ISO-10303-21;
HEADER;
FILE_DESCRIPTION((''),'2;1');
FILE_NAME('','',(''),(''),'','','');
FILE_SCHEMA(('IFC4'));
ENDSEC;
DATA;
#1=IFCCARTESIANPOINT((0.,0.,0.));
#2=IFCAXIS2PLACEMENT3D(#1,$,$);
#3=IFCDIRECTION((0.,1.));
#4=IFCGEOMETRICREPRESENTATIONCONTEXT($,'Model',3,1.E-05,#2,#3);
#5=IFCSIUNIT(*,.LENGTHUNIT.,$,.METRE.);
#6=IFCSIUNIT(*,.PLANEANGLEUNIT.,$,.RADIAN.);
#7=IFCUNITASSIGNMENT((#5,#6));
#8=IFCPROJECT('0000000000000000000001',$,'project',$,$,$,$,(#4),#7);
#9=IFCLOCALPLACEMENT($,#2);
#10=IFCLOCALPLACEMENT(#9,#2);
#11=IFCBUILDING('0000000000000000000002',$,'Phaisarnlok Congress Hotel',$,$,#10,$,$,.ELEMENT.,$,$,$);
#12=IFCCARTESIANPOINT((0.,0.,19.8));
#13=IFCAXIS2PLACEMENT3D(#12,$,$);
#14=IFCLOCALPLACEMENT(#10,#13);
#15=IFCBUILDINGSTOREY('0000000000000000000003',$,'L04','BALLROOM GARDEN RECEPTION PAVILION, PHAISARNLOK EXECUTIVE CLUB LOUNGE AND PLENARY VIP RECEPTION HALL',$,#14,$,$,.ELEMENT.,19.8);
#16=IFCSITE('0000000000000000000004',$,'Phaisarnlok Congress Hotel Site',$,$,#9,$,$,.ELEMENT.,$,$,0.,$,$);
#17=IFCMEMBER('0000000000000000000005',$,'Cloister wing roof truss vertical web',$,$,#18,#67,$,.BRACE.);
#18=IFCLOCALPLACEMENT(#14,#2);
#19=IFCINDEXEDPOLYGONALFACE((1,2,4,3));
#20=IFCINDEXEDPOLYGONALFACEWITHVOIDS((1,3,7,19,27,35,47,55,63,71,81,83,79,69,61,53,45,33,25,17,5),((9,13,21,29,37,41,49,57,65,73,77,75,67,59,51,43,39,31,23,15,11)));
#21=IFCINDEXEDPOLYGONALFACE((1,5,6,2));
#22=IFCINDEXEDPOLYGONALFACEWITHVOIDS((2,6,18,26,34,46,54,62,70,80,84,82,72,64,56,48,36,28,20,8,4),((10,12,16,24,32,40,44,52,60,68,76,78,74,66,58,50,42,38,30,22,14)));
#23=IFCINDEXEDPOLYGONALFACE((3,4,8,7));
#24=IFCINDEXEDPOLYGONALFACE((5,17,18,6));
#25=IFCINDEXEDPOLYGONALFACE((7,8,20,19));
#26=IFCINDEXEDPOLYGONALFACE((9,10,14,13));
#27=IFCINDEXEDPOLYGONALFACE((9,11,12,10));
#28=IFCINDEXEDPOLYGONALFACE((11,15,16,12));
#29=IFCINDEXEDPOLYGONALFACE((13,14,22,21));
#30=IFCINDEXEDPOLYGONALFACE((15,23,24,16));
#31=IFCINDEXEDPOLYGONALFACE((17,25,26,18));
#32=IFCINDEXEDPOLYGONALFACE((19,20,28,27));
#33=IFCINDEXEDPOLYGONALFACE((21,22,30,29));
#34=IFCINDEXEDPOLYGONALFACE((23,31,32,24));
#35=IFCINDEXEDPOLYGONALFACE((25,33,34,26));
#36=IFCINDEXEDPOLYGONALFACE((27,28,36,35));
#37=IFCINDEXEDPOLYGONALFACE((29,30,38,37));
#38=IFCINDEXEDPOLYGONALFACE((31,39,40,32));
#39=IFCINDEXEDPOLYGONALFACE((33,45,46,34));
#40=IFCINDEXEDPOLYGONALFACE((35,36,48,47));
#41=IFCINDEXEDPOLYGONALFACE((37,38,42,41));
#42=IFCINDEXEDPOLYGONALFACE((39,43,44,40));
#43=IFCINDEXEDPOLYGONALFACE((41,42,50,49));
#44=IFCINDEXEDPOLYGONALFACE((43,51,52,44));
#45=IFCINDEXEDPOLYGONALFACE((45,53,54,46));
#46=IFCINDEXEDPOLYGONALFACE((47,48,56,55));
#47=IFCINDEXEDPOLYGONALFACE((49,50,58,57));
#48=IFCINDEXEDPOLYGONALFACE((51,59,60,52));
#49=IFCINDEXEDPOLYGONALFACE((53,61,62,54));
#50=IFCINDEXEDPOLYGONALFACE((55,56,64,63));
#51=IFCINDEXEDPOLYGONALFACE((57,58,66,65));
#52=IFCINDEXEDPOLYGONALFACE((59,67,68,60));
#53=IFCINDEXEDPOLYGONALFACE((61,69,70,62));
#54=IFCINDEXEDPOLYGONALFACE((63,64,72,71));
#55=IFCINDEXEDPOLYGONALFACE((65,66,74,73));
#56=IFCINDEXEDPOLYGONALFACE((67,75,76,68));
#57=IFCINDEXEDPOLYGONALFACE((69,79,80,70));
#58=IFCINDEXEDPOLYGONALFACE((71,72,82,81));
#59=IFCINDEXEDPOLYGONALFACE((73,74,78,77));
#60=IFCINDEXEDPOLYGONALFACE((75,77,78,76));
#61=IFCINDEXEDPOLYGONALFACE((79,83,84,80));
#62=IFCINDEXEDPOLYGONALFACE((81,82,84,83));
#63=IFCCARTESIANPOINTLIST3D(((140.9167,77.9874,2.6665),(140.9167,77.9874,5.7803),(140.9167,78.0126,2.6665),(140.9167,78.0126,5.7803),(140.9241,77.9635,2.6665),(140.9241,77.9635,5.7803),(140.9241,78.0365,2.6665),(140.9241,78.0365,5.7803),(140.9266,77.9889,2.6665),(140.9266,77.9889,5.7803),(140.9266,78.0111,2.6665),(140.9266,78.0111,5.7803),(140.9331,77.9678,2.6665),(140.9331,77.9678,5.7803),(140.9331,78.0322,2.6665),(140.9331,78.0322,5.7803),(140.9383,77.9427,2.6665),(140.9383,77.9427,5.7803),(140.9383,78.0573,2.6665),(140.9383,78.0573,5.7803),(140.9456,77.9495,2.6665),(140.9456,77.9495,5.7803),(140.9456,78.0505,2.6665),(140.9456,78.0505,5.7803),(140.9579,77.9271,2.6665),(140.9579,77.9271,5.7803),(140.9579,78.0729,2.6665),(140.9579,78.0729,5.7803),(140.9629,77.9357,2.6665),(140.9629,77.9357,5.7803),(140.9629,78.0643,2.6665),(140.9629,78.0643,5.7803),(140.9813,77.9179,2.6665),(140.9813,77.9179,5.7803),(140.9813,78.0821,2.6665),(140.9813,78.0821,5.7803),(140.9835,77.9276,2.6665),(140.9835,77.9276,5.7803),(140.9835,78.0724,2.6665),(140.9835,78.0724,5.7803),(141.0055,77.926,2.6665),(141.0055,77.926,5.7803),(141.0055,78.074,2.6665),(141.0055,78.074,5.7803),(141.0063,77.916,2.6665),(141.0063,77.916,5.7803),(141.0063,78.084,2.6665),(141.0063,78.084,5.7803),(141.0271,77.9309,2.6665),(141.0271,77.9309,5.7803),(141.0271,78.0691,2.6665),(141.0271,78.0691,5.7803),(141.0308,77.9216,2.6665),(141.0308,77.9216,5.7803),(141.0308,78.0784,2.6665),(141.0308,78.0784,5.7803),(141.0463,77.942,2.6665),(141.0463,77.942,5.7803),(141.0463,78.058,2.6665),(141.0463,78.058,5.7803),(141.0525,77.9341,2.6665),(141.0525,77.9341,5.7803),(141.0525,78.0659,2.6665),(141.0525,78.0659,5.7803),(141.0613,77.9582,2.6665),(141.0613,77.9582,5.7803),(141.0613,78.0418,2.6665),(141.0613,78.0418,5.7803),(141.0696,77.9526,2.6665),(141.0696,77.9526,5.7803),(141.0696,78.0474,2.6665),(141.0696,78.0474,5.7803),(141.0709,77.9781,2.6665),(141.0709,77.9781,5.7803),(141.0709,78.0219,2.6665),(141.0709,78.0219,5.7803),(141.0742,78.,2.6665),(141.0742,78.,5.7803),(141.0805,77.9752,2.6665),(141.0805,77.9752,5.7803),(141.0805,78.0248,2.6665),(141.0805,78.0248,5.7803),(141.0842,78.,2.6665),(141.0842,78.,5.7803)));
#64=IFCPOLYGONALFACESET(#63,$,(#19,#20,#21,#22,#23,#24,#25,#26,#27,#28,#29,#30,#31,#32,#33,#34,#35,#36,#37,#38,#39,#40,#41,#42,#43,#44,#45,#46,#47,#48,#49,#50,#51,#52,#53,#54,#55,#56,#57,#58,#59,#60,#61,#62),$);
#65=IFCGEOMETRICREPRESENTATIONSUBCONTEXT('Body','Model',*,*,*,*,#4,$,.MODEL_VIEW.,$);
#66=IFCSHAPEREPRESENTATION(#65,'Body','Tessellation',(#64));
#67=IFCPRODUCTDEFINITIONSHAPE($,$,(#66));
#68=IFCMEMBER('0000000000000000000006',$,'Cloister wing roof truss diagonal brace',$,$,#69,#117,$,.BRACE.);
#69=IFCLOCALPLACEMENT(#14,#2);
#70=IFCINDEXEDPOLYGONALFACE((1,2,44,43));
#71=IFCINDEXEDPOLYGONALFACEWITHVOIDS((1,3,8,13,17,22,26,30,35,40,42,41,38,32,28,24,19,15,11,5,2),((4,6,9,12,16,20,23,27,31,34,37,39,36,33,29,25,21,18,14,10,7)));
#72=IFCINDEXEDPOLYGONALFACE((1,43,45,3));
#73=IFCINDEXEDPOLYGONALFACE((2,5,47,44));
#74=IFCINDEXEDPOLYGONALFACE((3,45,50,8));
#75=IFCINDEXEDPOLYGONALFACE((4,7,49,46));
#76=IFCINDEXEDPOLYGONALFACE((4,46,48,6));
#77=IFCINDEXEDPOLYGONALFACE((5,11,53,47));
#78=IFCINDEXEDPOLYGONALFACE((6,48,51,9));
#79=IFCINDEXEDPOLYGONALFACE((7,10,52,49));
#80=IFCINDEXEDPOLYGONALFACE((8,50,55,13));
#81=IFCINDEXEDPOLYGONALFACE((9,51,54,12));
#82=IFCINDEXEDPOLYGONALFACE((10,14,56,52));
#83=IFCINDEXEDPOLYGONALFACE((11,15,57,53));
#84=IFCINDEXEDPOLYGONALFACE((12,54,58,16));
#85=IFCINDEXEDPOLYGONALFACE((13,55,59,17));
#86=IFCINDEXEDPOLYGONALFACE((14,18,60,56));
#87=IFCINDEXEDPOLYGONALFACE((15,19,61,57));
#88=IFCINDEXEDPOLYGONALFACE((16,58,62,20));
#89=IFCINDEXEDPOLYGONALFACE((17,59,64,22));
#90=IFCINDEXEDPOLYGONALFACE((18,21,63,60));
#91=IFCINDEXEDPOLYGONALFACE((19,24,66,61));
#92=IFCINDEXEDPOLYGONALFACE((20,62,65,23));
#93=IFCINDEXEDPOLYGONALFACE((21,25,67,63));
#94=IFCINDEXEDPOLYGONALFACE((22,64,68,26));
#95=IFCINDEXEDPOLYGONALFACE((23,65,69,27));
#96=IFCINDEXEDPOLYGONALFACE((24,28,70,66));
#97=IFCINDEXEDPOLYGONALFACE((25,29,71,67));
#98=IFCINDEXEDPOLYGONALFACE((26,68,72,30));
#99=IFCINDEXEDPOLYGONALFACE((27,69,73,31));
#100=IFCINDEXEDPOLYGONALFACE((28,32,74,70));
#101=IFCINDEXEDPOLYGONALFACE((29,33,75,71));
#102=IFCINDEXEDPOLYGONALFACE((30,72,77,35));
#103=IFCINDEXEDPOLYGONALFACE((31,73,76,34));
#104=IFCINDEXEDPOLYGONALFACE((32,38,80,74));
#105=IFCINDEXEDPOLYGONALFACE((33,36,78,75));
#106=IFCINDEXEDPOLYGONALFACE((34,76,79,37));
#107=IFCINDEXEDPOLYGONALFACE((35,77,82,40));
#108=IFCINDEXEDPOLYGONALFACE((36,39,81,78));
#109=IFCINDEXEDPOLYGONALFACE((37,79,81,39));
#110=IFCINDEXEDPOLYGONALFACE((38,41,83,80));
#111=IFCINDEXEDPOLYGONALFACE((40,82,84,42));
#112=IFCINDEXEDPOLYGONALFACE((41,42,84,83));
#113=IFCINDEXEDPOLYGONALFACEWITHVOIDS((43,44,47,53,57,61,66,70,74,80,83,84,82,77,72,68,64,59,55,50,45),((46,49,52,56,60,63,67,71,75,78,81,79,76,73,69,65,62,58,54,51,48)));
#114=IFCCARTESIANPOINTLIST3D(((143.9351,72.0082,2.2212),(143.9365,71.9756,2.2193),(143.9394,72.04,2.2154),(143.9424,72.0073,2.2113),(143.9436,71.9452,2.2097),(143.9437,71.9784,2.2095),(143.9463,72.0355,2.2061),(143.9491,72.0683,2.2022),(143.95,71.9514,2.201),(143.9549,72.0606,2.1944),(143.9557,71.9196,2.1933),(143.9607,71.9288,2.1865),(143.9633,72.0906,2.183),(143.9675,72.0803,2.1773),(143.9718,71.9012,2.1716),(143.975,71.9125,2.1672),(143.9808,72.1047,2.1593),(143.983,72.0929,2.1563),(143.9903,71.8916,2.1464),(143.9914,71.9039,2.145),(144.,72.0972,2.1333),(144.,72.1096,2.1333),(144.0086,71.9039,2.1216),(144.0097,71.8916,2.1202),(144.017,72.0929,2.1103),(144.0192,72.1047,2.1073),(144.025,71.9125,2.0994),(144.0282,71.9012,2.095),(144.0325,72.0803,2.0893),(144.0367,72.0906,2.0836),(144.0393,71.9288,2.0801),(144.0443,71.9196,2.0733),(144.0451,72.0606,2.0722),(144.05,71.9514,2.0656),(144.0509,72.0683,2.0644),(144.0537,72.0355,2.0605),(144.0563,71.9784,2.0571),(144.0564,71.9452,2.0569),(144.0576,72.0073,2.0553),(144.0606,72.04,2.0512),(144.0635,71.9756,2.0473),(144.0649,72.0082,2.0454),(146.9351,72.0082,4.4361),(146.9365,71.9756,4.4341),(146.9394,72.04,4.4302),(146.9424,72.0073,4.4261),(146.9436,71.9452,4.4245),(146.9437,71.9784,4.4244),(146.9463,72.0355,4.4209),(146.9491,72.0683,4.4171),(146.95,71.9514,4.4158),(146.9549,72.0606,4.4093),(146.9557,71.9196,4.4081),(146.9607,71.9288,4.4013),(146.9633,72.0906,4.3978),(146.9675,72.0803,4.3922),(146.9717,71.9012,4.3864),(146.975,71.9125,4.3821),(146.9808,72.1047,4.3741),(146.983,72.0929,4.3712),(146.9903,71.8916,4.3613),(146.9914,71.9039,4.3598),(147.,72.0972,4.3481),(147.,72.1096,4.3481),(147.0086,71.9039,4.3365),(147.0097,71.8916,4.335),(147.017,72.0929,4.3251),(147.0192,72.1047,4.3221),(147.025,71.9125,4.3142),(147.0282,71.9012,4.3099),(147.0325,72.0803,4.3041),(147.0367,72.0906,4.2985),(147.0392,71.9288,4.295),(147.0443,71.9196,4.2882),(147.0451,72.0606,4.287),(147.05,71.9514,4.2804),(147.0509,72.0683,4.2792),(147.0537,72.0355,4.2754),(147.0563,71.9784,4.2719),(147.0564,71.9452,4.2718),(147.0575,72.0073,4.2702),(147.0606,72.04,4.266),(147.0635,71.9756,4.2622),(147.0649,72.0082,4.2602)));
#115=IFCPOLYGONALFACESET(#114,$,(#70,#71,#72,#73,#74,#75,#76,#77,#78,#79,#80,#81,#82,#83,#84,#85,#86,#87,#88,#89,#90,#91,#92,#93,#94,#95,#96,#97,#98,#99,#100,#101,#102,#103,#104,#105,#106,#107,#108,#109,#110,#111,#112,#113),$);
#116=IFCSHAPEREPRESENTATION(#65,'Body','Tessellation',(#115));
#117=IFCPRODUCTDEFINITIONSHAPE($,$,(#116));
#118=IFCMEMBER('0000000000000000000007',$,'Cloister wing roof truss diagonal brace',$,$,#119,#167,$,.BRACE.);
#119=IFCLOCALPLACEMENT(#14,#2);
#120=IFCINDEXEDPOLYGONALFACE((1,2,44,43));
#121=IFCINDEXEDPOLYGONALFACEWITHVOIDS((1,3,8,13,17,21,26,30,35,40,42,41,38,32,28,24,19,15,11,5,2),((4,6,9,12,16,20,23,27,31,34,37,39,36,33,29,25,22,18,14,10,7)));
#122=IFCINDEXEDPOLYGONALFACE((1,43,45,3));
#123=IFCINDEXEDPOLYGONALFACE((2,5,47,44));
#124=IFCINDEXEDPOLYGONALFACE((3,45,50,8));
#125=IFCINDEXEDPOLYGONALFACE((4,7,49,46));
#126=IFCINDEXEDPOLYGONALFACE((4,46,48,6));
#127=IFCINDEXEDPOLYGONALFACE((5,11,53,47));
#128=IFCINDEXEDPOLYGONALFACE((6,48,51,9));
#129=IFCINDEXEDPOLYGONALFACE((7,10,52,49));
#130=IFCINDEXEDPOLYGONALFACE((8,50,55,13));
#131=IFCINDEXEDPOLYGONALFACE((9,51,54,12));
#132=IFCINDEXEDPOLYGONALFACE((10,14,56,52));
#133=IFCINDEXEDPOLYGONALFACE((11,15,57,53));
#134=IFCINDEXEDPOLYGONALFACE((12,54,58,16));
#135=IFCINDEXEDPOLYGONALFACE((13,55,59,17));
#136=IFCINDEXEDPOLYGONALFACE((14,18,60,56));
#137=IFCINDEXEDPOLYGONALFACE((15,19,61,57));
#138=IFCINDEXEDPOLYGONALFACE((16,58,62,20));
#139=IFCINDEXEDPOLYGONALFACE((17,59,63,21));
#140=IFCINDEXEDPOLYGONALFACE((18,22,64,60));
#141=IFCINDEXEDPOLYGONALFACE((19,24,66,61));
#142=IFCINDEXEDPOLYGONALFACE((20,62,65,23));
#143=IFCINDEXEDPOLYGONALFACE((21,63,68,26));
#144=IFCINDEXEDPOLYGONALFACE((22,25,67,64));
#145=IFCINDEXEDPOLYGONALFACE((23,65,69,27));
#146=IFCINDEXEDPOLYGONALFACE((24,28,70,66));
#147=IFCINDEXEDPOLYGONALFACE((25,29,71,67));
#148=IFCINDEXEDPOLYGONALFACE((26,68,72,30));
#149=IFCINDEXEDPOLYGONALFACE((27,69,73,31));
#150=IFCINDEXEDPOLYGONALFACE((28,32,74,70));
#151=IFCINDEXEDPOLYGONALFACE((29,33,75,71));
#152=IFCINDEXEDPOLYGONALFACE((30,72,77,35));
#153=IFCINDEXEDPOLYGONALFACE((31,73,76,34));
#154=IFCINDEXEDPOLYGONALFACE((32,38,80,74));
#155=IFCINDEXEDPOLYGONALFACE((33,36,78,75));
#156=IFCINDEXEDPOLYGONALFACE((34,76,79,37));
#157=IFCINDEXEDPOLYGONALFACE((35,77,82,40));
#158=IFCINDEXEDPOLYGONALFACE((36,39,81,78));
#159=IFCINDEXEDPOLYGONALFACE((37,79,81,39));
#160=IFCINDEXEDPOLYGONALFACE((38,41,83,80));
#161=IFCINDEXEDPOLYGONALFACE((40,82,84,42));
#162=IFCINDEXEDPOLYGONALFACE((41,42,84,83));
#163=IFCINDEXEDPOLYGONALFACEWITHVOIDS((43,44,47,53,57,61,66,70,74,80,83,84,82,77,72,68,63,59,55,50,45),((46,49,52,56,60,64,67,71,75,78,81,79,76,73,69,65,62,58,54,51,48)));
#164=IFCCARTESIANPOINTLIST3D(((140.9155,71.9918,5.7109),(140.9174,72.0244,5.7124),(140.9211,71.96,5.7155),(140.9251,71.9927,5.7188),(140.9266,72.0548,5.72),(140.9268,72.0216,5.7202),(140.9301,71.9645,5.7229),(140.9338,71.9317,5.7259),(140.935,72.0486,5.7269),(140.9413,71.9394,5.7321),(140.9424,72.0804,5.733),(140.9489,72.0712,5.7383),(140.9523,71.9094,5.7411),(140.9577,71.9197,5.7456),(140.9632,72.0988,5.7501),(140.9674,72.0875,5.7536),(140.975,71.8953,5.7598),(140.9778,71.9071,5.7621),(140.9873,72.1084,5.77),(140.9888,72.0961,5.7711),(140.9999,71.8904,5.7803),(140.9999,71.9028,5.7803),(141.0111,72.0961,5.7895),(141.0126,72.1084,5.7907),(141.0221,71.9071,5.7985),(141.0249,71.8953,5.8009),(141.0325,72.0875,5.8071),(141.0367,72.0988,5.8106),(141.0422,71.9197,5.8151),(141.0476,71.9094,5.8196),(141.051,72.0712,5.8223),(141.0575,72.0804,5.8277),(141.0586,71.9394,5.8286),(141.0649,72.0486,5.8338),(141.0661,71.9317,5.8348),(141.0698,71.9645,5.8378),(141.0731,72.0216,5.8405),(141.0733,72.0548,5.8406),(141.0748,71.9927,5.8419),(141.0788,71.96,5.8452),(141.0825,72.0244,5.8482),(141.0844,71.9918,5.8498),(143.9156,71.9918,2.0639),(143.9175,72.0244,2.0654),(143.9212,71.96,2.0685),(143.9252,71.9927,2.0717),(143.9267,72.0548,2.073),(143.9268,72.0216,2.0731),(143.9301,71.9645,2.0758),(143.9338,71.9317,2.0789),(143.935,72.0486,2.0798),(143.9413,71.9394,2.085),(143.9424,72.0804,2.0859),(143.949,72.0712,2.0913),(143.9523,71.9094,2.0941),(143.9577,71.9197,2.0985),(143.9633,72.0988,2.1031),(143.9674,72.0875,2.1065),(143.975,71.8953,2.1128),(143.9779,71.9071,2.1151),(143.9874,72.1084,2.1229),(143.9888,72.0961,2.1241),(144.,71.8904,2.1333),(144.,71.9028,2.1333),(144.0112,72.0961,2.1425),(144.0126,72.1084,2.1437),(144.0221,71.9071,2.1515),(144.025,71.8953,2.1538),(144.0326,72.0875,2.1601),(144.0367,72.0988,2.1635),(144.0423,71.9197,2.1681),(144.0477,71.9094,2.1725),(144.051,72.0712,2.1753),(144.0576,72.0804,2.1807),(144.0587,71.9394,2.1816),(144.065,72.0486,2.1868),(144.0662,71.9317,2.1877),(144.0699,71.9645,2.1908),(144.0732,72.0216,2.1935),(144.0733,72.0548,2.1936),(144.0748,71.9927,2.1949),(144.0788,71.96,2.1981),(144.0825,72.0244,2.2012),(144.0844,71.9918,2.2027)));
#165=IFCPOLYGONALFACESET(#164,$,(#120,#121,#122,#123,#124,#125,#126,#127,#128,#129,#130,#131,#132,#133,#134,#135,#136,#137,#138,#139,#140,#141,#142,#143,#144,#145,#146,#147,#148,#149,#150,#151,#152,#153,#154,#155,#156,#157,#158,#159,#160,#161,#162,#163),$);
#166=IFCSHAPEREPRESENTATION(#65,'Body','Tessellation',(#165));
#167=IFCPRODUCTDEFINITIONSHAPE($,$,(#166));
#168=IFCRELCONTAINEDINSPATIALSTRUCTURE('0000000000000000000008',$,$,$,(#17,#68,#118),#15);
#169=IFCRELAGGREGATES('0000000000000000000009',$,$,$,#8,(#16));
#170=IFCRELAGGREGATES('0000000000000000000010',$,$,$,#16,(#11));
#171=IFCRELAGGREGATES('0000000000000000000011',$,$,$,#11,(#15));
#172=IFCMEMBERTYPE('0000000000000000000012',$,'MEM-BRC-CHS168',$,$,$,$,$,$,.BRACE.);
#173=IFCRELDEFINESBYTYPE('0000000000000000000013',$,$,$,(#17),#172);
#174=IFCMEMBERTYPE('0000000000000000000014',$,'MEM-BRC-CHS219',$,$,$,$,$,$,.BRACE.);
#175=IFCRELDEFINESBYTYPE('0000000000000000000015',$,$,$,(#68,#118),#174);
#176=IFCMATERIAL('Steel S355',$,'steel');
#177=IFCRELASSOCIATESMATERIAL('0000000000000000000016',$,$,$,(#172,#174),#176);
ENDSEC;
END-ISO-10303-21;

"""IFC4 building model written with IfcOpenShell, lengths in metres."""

from ifc_helpers import new_model, si_unit, direction, frame, origin, origin_2d, place, context, subcontext, project, spatial, hollow_circle, extrude, material, material_profile, profile_set, type_object, element, save


model = new_model("IFC4")

# Units and contexts
model_context = context("Model", 3, precision=1e-05, world=origin(), true_north=direction((0.0, 1.0)))
body_context = subcontext(model_context, "Body", "Model", "MODEL_VIEW")
ifc_project = project(units=[si_unit("LENGTHUNIT", "METRE"), si_unit("PLANEANGLEUNIT", "RADIAN")], contexts=[model_context])

# Site, building, storey
site_placement = place(None, origin())
site = spatial("IfcSite", under=ifc_project, at=site_placement, Name="Phaisarnlok Congress Hotel Site", CompositionType="ELEMENT", RefElevation=0.0)
building_placement = place(site_placement, origin())
building = spatial("IfcBuilding", under=site, at=building_placement, Name="Phaisarnlok Congress Hotel", CompositionType="ELEMENT")
storey_placement = place(building_placement, frame((0.0, 0.0, 19.8)))
storey = spatial("IfcBuildingStorey", under=building, at=storey_placement, Name="L04", Description="BALLROOM GARDEN RECEPTION PAVILION, PHAISARNLOK EXECUTIVE CLUB LOUNGE AND PLENARY VIP RECEPTION HALL", CompositionType="ELEMENT", Elevation=19.8)

# Shared definitions
ifc_material = material(Name="Steel S355", Category="steel")

# Members
ifc_material_profile_1 = material_profile(ifc_material, hollow_circle(Radius=0.0842, WallThickness=0.01, at=origin_2d()), Name="CHS 168.3x10")
ifc_profile_set_1 = profile_set([ifc_material_profile_1], Name="Steel S355")
member_type_1 = type_object("IfcMemberType", Name="MEM-BRC-CHS168", PredefinedType="BRACE", material=ifc_profile_set_1)
member_1_placement = place(storey_placement, frame((141.0, 78.0, 2.6665), z_axis=(0.0, 0.0, 1.0), x_axis=(1.0, 0.0, 0.0)))
element("IfcMember", 1, at=member_1_placement, inside=storey, type_object=member_type_1, Name="Cloister wing roof truss vertical web", PredefinedType="BRACE", context=body_context, shape_type="SweptSolid", body=[
    extrude(hollow_circle(Radius=0.0842, WallThickness=0.01, at=origin_2d()), origin(), (0.0, 0.0, 1.0), 3.1138),
])
ifc_material_profile_2 = material_profile(ifc_material, hollow_circle(Radius=0.1096, WallThickness=0.0125, at=origin_2d()), Name="CHS 219.1x12.5")
ifc_profile_set_2 = profile_set([ifc_material_profile_2], Name="Steel S355")
member_type_2 = type_object("IfcMemberType", Name="MEM-BRC-CHS219", PredefinedType="BRACE", material=ifc_profile_set_2)
member_2_placement = place(storey_placement, frame((144.0, 72.0, 2.1333), z_axis=(0.804503, 0.0, 0.593949), x_axis=(0.0, 1.0, 0.0)))
element("IfcMember", 2, at=member_2_placement, inside=storey, type_object=member_type_2, Name="Cloister wing roof truss diagonal brace", PredefinedType="BRACE", context=body_context, shape_type="SweptSolid", body=[
    extrude(hollow_circle(Radius=0.1096, WallThickness=0.0125, at=origin_2d()), origin(), (0.0, 0.0, 1.0), 3.729),
])
member_3_placement = place(storey_placement, frame((144.0, 72.0, 2.1333), z_axis=(-0.635279, 0.0, 0.772282), x_axis=(0.0, -1.0, 0.0)))
element("IfcMember", 3, at=member_3_placement, inside=storey, type_object=member_type_2, Name="Cloister wing roof truss diagonal brace", PredefinedType="BRACE", context=body_context, shape_type="SweptSolid", body=[
    extrude(hollow_circle(Radius=0.1096, WallThickness=0.0125, at=origin_2d()), origin(), (0.0, 0.0, 1.0), 4.7224),
])

save(model, "model.ifc")
